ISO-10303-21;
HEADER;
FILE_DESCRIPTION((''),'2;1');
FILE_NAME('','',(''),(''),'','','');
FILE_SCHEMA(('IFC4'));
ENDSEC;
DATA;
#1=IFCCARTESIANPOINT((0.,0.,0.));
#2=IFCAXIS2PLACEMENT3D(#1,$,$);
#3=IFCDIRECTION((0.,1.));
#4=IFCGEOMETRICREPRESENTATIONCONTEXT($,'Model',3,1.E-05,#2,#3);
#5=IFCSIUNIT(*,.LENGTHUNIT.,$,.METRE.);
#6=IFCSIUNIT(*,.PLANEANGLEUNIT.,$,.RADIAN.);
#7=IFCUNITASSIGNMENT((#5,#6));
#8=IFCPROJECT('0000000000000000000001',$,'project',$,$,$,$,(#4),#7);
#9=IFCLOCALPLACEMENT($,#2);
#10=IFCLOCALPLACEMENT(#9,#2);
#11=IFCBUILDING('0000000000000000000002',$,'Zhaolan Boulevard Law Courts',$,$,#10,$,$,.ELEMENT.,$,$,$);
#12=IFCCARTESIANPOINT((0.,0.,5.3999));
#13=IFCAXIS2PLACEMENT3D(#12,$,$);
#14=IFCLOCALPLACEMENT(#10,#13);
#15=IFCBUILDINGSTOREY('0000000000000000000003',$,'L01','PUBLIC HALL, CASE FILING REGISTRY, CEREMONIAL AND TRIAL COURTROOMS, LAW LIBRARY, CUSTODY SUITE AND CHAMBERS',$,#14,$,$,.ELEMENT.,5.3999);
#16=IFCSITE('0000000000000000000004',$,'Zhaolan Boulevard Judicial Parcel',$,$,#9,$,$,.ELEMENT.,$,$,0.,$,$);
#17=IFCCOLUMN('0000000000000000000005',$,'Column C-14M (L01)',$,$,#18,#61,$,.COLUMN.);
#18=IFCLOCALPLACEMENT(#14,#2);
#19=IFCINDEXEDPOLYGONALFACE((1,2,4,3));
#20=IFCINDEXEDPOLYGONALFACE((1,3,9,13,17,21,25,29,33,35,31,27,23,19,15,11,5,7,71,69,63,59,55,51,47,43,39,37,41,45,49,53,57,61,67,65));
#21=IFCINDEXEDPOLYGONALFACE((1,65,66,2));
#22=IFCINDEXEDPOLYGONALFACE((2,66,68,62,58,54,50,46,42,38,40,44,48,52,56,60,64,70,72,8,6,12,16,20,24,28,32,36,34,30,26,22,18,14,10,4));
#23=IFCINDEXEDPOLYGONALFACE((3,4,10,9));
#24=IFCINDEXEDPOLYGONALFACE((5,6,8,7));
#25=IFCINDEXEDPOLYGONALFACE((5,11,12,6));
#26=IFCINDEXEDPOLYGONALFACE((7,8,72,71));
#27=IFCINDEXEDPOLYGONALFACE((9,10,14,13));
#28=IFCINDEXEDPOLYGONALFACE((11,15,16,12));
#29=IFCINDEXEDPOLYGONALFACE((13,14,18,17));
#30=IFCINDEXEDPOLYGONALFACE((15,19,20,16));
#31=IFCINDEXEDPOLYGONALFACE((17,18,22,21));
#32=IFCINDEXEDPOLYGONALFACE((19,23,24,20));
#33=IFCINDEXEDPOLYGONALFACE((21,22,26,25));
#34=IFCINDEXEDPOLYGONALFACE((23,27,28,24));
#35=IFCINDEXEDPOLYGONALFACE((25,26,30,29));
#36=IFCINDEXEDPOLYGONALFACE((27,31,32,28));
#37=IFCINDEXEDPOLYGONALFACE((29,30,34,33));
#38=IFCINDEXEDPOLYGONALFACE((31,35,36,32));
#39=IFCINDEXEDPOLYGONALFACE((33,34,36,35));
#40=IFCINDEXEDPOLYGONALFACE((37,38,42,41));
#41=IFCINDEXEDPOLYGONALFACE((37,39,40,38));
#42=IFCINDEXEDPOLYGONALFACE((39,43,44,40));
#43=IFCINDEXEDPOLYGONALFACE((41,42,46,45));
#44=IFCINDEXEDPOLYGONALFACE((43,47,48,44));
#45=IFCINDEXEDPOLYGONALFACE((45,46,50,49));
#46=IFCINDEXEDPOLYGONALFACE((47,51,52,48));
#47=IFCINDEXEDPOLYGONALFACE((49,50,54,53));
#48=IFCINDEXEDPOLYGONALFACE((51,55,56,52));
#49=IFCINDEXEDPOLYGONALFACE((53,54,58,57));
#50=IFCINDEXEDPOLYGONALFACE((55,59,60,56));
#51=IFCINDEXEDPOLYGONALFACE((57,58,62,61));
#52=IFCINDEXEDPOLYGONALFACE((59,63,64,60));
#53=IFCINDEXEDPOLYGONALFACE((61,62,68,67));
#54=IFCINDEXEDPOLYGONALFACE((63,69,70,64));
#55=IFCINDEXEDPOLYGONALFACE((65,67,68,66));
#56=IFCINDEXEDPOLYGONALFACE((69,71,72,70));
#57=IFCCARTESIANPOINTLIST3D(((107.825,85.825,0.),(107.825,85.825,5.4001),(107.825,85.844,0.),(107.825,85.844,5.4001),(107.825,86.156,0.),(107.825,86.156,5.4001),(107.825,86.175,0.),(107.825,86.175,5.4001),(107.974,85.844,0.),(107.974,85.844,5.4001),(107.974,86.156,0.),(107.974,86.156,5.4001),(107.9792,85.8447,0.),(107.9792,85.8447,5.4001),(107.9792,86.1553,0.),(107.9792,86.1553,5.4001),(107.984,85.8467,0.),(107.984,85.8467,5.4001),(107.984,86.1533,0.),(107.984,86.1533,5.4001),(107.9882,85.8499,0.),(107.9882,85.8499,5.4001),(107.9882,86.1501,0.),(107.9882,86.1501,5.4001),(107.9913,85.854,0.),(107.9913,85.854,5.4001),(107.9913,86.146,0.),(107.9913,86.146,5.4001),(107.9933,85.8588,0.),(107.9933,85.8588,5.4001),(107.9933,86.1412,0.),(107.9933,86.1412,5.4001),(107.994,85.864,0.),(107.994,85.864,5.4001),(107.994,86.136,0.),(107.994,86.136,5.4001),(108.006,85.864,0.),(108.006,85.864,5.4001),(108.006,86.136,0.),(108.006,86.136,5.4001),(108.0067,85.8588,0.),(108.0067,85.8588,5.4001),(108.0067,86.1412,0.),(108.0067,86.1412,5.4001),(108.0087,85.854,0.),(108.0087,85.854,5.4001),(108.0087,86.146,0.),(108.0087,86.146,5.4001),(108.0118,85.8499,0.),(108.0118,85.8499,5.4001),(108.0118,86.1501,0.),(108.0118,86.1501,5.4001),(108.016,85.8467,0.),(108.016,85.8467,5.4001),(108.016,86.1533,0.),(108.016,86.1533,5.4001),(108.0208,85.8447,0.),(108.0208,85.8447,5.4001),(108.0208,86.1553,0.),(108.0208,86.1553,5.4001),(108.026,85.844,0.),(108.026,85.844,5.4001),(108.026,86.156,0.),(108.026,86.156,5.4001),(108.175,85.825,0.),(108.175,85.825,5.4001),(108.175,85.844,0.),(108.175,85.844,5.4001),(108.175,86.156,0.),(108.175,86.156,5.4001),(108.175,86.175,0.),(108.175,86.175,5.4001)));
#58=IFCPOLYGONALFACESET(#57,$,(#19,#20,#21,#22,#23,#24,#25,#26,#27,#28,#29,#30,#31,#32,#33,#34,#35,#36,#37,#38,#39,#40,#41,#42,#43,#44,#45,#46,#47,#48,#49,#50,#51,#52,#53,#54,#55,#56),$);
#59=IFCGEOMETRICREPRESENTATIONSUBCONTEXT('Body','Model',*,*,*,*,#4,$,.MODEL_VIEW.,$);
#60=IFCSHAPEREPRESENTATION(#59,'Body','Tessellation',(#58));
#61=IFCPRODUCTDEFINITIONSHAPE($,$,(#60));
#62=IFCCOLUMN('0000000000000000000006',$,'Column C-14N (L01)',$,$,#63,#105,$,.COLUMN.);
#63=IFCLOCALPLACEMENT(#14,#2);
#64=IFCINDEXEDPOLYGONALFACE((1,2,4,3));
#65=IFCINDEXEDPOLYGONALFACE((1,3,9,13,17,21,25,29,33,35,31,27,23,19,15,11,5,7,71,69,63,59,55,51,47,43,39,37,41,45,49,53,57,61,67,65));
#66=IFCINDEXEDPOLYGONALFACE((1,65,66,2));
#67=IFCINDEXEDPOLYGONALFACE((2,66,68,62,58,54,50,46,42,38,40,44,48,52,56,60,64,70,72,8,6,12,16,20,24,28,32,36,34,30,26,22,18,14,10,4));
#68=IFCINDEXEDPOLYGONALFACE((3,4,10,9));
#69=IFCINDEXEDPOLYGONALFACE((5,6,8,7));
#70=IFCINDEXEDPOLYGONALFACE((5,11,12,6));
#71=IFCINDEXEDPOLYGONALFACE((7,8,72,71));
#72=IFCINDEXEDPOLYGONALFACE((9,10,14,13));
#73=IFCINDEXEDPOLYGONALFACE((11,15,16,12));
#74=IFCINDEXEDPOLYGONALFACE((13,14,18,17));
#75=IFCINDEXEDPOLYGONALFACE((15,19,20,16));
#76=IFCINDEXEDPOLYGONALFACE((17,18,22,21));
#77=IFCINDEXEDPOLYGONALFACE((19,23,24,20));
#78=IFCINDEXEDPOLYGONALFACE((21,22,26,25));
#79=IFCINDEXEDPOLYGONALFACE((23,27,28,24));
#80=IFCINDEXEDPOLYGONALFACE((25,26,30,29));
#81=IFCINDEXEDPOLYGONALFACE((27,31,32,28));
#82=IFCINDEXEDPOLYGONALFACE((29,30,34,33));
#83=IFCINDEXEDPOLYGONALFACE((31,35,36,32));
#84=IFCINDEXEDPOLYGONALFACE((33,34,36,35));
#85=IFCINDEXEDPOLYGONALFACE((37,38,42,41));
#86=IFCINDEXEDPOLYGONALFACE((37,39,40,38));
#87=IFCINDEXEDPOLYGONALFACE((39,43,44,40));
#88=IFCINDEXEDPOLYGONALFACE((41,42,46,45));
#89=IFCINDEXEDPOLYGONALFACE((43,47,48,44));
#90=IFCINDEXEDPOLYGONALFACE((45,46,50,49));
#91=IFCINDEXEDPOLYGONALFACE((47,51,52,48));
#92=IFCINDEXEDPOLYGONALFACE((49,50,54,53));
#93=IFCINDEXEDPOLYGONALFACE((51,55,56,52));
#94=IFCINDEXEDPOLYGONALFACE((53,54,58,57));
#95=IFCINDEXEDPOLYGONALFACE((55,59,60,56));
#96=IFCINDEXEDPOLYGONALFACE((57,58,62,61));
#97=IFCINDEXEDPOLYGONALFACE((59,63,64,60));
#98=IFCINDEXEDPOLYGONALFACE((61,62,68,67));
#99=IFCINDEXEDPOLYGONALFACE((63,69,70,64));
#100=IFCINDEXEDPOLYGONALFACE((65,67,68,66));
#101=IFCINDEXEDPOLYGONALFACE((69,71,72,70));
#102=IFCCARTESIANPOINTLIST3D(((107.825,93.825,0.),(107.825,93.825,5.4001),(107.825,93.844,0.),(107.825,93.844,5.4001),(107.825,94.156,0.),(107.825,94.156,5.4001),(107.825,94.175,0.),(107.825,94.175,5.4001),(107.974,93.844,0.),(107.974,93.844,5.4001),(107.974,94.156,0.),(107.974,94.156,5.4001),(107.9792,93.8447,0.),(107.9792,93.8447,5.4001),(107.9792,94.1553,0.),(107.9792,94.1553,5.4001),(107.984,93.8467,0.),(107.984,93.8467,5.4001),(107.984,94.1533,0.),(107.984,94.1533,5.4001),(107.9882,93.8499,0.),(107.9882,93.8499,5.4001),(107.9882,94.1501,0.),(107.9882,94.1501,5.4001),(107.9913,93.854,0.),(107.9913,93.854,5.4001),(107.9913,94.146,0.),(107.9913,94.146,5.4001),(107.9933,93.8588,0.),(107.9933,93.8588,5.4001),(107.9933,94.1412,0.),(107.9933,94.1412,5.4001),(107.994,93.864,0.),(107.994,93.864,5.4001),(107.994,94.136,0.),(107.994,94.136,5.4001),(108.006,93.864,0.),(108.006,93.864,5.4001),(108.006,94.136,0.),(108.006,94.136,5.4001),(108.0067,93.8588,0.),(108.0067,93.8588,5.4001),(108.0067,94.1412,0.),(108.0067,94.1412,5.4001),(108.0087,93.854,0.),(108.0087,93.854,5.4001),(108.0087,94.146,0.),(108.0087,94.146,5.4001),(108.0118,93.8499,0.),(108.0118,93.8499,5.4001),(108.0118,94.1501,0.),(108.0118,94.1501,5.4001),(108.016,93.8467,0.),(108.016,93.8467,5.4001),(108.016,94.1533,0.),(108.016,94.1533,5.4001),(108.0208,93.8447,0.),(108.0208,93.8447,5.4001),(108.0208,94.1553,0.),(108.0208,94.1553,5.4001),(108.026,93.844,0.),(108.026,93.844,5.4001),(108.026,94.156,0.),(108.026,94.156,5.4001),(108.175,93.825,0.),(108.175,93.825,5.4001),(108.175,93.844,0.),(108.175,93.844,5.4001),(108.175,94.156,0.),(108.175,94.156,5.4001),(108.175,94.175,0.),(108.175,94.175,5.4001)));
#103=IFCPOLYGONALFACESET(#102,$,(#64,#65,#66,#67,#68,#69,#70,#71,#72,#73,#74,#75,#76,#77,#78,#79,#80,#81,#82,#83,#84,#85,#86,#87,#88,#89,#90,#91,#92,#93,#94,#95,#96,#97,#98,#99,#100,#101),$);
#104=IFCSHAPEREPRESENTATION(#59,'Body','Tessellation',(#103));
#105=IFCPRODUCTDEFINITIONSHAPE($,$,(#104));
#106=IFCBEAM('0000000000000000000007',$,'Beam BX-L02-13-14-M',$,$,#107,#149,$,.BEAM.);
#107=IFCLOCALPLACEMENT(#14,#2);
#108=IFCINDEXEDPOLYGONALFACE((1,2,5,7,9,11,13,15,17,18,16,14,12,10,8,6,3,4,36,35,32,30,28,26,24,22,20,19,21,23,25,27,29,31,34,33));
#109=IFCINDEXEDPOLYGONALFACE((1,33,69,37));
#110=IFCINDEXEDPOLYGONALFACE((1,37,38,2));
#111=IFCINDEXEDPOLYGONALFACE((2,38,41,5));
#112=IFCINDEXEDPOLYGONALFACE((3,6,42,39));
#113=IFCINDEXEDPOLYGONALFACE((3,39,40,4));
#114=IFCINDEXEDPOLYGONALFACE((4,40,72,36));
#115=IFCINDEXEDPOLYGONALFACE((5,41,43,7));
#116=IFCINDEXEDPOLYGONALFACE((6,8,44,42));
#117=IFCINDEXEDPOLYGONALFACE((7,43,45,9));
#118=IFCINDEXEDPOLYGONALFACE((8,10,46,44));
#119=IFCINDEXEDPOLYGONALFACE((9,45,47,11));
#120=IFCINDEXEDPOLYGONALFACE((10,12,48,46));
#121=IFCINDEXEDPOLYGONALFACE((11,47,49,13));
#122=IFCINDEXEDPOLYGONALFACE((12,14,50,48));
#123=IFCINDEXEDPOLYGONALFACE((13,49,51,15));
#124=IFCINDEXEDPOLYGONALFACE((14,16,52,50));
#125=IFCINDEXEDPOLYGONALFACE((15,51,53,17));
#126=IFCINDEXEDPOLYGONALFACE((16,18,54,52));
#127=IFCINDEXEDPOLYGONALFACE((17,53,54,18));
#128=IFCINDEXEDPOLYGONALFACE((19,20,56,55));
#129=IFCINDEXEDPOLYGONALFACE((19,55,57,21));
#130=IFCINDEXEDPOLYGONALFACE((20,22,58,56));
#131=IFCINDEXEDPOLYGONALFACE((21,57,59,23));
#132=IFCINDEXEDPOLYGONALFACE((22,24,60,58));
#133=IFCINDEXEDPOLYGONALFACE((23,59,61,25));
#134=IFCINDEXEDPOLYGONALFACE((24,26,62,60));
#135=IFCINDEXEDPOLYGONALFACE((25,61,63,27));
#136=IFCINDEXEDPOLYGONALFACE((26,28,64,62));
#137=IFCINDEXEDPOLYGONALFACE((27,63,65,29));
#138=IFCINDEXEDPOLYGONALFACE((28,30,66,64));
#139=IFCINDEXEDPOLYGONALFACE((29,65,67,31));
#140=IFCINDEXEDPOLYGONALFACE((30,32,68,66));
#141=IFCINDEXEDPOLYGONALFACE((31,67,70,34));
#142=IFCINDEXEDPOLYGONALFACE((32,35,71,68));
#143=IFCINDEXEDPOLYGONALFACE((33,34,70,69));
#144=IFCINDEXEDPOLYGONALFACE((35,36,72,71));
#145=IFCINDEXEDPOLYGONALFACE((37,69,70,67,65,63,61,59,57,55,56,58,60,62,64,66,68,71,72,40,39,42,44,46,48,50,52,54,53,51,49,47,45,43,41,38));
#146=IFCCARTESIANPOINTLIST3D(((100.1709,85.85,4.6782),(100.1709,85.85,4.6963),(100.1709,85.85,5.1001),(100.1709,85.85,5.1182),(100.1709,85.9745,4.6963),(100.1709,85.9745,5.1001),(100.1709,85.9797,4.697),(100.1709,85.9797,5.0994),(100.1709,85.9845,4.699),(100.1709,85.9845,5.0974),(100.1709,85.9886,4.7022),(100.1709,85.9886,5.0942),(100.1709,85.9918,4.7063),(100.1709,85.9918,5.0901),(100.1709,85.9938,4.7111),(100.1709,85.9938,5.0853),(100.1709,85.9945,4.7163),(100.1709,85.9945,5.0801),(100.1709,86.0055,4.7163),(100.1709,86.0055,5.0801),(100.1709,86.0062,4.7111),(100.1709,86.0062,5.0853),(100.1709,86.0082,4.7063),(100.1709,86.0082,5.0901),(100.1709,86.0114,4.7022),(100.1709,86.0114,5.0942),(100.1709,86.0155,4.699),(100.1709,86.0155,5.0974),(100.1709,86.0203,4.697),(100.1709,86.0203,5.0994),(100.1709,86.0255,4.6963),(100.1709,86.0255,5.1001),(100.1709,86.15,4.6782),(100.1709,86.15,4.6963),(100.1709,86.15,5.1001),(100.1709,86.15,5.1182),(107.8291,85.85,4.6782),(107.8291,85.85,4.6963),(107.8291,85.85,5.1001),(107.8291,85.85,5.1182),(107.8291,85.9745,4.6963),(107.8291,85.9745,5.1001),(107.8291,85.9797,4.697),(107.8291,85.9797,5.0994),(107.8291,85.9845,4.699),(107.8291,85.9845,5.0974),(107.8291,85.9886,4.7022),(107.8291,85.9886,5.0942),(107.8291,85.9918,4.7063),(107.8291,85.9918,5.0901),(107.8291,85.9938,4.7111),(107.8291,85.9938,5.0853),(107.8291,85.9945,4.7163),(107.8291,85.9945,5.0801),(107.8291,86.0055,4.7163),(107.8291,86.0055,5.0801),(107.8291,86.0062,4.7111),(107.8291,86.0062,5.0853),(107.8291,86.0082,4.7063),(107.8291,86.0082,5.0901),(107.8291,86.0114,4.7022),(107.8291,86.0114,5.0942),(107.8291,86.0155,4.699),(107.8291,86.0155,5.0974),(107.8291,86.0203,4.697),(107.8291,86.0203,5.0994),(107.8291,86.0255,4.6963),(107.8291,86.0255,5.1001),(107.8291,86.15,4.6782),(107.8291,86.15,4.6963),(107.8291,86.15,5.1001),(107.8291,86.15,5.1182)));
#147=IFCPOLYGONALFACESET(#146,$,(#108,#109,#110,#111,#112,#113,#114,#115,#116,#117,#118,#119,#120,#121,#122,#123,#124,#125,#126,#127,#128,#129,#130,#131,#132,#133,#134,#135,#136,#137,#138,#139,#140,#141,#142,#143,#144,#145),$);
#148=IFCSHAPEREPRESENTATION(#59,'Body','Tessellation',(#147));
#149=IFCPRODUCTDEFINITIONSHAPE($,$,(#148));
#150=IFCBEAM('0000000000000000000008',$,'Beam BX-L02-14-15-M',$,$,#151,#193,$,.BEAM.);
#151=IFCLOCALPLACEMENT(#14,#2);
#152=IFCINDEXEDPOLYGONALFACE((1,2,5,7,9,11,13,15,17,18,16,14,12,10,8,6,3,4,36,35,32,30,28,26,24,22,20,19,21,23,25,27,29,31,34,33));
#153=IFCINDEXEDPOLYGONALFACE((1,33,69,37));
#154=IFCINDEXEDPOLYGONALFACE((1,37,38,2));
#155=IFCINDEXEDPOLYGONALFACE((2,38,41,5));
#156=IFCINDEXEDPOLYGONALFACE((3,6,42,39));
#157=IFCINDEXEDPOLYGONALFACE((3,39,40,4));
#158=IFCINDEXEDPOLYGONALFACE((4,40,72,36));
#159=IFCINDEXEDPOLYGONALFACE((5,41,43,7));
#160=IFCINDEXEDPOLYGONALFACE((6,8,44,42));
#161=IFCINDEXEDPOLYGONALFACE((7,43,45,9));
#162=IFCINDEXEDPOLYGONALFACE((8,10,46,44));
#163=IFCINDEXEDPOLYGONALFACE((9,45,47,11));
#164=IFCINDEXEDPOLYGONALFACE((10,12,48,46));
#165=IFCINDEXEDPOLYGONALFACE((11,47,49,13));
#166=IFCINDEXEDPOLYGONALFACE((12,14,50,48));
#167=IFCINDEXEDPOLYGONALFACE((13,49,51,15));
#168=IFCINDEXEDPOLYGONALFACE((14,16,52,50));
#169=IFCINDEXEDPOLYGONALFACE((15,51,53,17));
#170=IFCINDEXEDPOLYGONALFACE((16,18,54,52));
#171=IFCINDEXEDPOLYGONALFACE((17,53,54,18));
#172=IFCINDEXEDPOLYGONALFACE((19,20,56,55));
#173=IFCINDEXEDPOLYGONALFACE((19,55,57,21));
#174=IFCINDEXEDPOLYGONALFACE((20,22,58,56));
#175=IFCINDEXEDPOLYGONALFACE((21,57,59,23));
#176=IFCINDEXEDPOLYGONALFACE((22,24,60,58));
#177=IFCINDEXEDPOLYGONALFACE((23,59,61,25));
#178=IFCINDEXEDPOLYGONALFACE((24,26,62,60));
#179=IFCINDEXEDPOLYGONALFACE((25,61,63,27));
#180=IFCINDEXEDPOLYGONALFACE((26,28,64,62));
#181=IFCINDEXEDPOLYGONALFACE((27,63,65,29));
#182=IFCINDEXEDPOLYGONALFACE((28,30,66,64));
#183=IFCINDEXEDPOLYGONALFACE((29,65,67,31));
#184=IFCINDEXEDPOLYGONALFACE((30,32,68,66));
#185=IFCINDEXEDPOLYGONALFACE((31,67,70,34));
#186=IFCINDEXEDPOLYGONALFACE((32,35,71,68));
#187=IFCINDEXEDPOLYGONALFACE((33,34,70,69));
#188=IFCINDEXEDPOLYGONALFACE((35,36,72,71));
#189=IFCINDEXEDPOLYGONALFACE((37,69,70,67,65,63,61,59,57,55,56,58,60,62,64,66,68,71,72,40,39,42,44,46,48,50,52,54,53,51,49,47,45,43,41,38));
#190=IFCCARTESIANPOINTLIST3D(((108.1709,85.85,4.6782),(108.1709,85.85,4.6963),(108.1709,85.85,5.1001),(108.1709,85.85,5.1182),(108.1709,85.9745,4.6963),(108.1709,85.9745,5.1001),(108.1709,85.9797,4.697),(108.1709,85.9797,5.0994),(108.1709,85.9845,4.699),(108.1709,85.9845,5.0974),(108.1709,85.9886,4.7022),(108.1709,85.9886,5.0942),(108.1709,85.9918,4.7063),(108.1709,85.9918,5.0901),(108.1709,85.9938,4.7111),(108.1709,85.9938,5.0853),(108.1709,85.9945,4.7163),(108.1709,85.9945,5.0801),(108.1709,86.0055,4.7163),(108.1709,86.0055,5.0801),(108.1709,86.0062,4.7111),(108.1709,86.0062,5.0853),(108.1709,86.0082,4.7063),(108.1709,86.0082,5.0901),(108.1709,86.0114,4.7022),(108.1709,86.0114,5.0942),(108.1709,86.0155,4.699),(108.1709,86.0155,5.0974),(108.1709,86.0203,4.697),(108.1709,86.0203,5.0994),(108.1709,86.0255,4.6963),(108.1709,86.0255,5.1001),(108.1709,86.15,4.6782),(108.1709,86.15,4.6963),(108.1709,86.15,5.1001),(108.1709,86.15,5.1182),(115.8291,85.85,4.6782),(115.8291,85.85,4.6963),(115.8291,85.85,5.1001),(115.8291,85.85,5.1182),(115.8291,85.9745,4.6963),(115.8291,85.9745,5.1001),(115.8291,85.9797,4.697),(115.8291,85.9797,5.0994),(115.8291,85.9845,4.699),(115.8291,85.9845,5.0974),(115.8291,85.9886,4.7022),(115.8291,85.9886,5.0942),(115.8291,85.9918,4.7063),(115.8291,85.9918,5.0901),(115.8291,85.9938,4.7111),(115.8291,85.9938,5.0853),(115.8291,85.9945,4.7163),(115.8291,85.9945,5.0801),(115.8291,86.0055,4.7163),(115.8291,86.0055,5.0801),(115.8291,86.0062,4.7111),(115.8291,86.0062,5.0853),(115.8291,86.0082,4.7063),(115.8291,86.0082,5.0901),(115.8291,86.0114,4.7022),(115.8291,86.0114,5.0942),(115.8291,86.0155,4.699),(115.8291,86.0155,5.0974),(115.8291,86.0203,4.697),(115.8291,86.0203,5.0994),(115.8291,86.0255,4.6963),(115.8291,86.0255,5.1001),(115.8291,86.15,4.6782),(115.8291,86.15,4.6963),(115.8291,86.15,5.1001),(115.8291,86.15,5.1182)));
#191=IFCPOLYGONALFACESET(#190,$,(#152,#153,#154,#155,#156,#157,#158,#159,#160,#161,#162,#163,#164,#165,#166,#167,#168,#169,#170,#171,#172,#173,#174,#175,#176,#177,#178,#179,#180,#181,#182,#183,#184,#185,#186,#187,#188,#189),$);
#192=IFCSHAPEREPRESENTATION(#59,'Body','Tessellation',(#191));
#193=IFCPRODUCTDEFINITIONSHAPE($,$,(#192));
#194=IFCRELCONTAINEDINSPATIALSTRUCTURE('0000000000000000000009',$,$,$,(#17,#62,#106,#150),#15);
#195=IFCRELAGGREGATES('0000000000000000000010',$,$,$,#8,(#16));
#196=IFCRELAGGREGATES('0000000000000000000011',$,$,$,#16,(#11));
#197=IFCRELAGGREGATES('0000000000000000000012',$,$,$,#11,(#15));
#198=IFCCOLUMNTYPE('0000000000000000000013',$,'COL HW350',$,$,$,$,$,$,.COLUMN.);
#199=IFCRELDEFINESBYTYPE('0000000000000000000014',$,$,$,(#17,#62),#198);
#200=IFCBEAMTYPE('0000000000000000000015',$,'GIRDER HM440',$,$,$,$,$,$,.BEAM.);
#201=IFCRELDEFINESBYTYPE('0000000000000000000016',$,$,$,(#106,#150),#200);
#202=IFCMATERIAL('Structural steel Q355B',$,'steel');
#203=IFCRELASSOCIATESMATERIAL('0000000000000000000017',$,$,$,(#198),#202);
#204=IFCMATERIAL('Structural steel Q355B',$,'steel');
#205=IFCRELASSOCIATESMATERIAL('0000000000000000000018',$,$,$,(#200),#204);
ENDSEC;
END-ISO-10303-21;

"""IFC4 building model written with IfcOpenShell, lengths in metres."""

from ifc_helpers import new_model, si_unit, direction, frame, origin, origin_2d, place, context, subcontext, project, spatial, i_section, extrude, material, material_profile, profile_set, type_object, element, save


model = new_model("IFC4")

# Units and contexts
model_context = context("Model", 3, precision=1e-05, world=origin(), true_north=direction((0.0, 1.0)))
body_context = subcontext(model_context, "Body", "Model", "MODEL_VIEW")
ifc_project = project(units=[si_unit("LENGTHUNIT", "METRE"), si_unit("PLANEANGLEUNIT", "RADIAN")], contexts=[model_context])

# Site, building, storey
site_placement = place(None, origin())
site = spatial("IfcSite", under=ifc_project, at=site_placement, Name="Zhaolan Boulevard Judicial Parcel", CompositionType="ELEMENT", RefElevation=0.0)
building_placement = place(site_placement, origin())
building = spatial("IfcBuilding", under=site, at=building_placement, Name="Zhaolan Boulevard Law Courts", CompositionType="ELEMENT")
storey_placement = place(building_placement, frame((0.0, 0.0, 5.3999)))
storey = spatial("IfcBuildingStorey", under=building, at=storey_placement, Name="L01", Description="PUBLIC HALL, CASE FILING REGISTRY, CEREMONIAL AND TRIAL COURTROOMS, LAW LIBRARY, CUSTODY SUITE AND CHAMBERS", CompositionType="ELEMENT", Elevation=5.3999)

# Columns
ifc_material_1 = material(Name="Structural steel Q355B", Category="steel")
ifc_material_profile_1 = material_profile(ifc_material_1, i_section(OverallWidth=0.3501, OverallDepth=0.3501, WebThickness=0.012, FlangeThickness=0.019, FilletRadius=0.02, at=origin_2d()), Name="HW350x350")
ifc_profile_set_1 = profile_set([ifc_material_profile_1], Name="Structural steel Q355B")
column_type = type_object("IfcColumnType", Name="COL HW350", PredefinedType="COLUMN", material=ifc_profile_set_1)
for number, where, z_axis, x_axis, name in (
    (1, (108.0, 86.0, 0.0), (0.0, 0.0, 1.0), (1.0, 0.0, 0.0), "Column C-14M (L01)"),
    (2, (108.0, 94.0, 0.0), (0.0, 0.0, 1.0), (1.0, 0.0, 0.0), "Column C-14N (L01)"),
):
    element("IfcColumn", number, at=place(storey_placement, frame(where, z_axis=z_axis, x_axis=x_axis)), inside=storey, type_object=column_type, Name=name, PredefinedType="COLUMN", context=body_context, shape_type="SweptSolid", body=[
        extrude(i_section(OverallWidth=0.3501, OverallDepth=0.3501, WebThickness=0.012, FlangeThickness=0.019, FilletRadius=0.02, at=origin_2d()), origin(), (0.0, 0.0, 1.0), 5.4001),
    ])

# Beams
ifc_material_2 = material(Name="Structural steel Q355B", Category="steel")
ifc_material_profile_2 = material_profile(ifc_material_2, i_section(OverallWidth=0.3, OverallDepth=0.4399, WebThickness=0.011, FlangeThickness=0.0181, FilletRadius=0.02, at=origin_2d()), Name="HM440x300")
ifc_profile_set_2 = profile_set([ifc_material_profile_2], Name="Structural steel Q355B")
beam_type_1 = type_object("IfcBeamType", Name="GIRDER HM440", PredefinedType="BEAM", material=ifc_profile_set_2)
for number, where, z_axis, x_axis, name in (
    (3, (100.1709, 86.0, 4.8982), (1.0, 0.0, 0.0), (0.0, 1.0, 0.0), "Beam BX-L02-13-14-M"),
    (4, (108.1709, 86.0, 4.8982), (1.0, 0.0, 0.0), (0.0, 1.0, 0.0), "Beam BX-L02-14-15-M"),
):
    element("IfcBeam", number, at=place(storey_placement, frame(where, z_axis=z_axis, x_axis=x_axis)), inside=storey, type_object=beam_type_1, Name=name, PredefinedType="BEAM", context=body_context, shape_type="SweptSolid", body=[
        extrude(i_section(OverallWidth=0.3, OverallDepth=0.4399, WebThickness=0.011, FlangeThickness=0.0181, FilletRadius=0.02, at=origin_2d()), origin(), (0.0, 0.0, 1.0), 7.6582),
    ])

save(model, "model.ifc")
